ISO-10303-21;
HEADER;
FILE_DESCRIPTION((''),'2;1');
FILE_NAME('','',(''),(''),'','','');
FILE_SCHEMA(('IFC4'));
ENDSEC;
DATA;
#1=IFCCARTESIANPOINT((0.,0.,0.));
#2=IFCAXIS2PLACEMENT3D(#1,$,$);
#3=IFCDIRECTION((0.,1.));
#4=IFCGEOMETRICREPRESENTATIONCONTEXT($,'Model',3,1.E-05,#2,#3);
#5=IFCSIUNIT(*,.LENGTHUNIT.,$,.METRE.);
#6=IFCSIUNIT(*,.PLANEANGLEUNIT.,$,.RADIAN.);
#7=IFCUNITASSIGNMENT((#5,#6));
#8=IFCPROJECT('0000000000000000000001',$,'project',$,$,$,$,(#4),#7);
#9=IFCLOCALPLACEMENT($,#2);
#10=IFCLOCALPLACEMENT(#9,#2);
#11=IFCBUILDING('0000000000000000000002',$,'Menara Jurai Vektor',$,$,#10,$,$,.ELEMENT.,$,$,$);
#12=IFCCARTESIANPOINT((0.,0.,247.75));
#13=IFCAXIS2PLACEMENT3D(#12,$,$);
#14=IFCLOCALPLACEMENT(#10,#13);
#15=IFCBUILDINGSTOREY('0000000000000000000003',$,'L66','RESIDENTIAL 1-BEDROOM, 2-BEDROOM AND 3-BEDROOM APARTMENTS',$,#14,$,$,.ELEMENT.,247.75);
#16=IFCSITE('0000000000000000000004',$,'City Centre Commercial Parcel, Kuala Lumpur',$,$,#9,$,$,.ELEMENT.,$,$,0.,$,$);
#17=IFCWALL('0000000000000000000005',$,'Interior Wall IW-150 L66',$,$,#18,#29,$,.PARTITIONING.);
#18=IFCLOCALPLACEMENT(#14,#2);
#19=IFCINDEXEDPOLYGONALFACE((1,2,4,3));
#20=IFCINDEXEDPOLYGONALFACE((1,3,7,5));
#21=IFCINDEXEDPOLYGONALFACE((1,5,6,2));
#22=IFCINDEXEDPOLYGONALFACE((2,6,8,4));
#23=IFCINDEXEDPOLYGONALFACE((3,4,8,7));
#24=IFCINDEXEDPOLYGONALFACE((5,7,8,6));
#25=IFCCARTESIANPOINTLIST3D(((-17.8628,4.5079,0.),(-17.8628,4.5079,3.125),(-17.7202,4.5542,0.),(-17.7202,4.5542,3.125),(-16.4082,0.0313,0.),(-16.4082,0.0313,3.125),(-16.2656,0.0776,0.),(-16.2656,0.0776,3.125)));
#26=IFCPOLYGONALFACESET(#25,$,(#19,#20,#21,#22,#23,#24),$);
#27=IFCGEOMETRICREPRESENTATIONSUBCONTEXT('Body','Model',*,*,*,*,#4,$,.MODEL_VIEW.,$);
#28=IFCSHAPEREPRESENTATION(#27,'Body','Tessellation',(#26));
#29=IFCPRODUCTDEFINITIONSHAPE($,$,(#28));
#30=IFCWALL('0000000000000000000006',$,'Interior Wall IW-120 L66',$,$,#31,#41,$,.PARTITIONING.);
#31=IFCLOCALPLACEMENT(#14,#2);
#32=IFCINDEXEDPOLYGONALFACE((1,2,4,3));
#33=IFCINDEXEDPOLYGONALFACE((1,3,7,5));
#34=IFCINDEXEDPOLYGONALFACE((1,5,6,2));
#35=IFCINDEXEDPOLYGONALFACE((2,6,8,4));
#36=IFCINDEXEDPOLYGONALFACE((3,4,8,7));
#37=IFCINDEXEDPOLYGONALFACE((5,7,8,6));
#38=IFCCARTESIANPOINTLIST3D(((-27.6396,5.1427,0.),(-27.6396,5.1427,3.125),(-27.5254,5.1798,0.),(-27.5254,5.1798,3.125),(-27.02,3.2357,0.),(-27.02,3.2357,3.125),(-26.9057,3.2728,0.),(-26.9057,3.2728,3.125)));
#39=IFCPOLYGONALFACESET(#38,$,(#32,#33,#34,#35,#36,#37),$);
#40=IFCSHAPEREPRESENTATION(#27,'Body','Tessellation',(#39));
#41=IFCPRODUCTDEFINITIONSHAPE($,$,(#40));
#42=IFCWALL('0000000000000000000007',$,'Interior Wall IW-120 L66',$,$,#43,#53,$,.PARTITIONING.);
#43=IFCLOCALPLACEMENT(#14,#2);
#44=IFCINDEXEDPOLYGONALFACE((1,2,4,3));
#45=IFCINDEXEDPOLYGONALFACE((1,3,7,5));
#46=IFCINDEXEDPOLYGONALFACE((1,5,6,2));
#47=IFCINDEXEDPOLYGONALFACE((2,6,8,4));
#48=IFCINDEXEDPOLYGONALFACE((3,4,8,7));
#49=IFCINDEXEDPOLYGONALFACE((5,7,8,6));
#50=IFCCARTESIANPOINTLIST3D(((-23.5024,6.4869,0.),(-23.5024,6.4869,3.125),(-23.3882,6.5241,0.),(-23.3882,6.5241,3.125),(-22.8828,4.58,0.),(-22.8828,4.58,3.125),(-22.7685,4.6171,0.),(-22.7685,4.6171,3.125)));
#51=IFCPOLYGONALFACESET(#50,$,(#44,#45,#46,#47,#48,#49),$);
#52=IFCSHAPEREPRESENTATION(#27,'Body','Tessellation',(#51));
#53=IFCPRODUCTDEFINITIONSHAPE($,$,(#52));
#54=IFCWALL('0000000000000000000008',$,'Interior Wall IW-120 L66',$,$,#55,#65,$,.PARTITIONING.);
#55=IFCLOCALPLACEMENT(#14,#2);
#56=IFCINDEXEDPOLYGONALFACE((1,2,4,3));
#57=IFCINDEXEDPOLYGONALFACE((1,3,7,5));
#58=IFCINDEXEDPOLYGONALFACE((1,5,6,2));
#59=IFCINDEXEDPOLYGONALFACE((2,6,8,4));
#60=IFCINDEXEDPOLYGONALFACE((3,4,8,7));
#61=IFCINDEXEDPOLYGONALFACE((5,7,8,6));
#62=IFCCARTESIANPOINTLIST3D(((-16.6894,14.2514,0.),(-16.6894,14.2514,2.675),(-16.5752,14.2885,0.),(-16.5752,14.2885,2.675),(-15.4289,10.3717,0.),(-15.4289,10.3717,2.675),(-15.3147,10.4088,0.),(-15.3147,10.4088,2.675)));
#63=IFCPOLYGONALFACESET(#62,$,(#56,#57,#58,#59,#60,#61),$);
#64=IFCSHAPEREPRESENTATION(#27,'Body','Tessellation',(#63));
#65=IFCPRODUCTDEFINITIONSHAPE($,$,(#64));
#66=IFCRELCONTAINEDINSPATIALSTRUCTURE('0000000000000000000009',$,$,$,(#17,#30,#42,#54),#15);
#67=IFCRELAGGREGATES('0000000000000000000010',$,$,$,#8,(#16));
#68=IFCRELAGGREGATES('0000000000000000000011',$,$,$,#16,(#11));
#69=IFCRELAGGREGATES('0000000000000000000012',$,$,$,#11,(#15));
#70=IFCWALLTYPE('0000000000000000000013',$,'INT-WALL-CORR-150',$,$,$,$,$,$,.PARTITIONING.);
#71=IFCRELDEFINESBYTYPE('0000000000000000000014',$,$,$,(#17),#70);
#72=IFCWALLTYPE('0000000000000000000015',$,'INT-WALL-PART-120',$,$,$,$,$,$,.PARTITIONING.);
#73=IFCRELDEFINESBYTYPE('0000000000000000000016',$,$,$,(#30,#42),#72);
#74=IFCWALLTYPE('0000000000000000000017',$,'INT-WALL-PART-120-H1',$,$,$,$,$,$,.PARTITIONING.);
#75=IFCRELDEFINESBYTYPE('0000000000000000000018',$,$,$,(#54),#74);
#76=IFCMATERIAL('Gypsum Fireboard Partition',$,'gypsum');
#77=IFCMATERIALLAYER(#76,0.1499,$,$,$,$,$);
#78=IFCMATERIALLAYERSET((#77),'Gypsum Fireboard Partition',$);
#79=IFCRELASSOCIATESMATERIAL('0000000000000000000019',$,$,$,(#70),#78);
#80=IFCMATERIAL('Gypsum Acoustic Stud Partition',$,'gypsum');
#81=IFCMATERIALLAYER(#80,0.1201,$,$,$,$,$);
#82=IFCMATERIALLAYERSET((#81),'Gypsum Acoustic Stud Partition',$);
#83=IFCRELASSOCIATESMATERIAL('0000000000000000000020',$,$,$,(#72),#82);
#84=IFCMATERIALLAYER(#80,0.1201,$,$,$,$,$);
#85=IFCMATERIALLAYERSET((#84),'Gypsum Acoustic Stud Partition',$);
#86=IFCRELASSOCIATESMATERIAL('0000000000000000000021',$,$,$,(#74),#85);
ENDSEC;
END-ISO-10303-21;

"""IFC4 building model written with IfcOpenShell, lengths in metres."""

from ifc_helpers import new_model, si_unit, direction, frame, frame_2d, origin, place, context, subcontext, project, spatial, rectangle, extrude, material, layer, layer_set, type_object, element, save


model = new_model("IFC4")

# Units and contexts
model_context = context("Model", 3, precision=1e-05, world=origin(), true_north=direction((0.0, 1.0)))
body_context = subcontext(model_context, "Body", "Model", "MODEL_VIEW")
ifc_project = project(units=[si_unit("LENGTHUNIT", "METRE"), si_unit("PLANEANGLEUNIT", "RADIAN")], contexts=[model_context])

# Site, building, storey
site_placement = place(None, origin())
site = spatial("IfcSite", under=ifc_project, at=site_placement, Name="City Centre Commercial Parcel, Kuala Lumpur", CompositionType="ELEMENT", RefElevation=0.0)
building_placement = place(site_placement, origin())
building = spatial("IfcBuilding", under=site, at=building_placement, Name="Menara Jurai Vektor", CompositionType="ELEMENT")
storey_placement = place(building_placement, frame((0.0, 0.0, 247.75)))
storey = spatial("IfcBuildingStorey", under=building, at=storey_placement, Name="L66", Description="RESIDENTIAL 1-BEDROOM, 2-BEDROOM AND 3-BEDROOM APARTMENTS", CompositionType="ELEMENT", Elevation=247.75)

# Shared definitions
ifc_material_1 = material(Name="Gypsum Fireboard Partition", Category="gypsum")
ifc_layer_1 = layer(ifc_material_1, 0.1499)
ifc_layer_set_1 = layer_set([ifc_layer_1], Name="Gypsum Fireboard Partition")
wall_type_1 = type_object("IfcWallType", Name="INT-WALL-CORR-150", PredefinedType="PARTITIONING", material=ifc_layer_set_1)

# Walls
wall_1_placement = place(storey_placement, frame((-16.3369, 0.0544, 0.0), z_axis=(0.0, 0.0, 1.0), x_axis=(-0.30903, 0.951052, 0.0)))
element("IfcWall", 1, at=wall_1_placement, inside=storey, type_object=wall_type_1, Name="Interior Wall IW-150 L66", PredefinedType="PARTITIONING", context=body_context, shape_type="SweptSolid", body=[
    extrude(rectangle(XDim=4.707, YDim=0.1499, at=frame_2d((2.3535, 0.0))), origin(), (0.0, 0.0, 1.0), 3.125),
])
ifc_material_2 = material(Name="Gypsum Acoustic Stud Partition", Category="gypsum")
ifc_layer_2 = layer(ifc_material_2, 0.1201)
ifc_layer_set_2 = layer_set([ifc_layer_2], Name="Gypsum Acoustic Stud Partition")
wall_type_2 = type_object("IfcWallType", Name="INT-WALL-PART-120", PredefinedType="PARTITIONING", material=ifc_layer_set_2)
for number, where, z_axis, x_axis, name in (
    (2, (-26.9629, 3.2544, 0.0), (0.0, 0.0, 1.0), (-0.309023, 0.951055, 0.0), "Interior Wall IW-120 L66"),
    (3, (-22.8257, 4.5986, 0.0), (0.0, 0.0, 1.0), (-0.309023, 0.951055, 0.0), "Interior Wall IW-120 L66"),
):
    element("IfcWall", number, at=place(storey_placement, frame(where, z_axis=z_axis, x_axis=x_axis)), inside=storey, type_object=wall_type_2, Name=name, PredefinedType="PARTITIONING", context=body_context, shape_type="SweptSolid", body=[
        extrude(rectangle(XDim=2.0051, YDim=0.1201, at=frame_2d((1.0024, 0.0))), origin(), (0.0, 0.0, 1.0), 3.125),
    ])
ifc_layer_3 = layer(ifc_material_2, 0.1201)
ifc_layer_set_3 = layer_set([ifc_layer_3], Name="Gypsum Acoustic Stud Partition")
wall_type_3 = type_object("IfcWallType", Name="INT-WALL-PART-120-H1", PredefinedType="PARTITIONING", material=ifc_layer_set_3)
wall_2_placement = place(storey_placement, frame((-15.3718, 10.3904, 0.0), z_axis=(0.0, 0.0, 1.0), x_axis=(-0.309001, 0.951062, 0.0)))
element("IfcWall", 4, at=wall_2_placement, inside=storey, type_object=wall_type_3, Name="Interior Wall IW-120 L66", PredefinedType="PARTITIONING", context=body_context, shape_type="SweptSolid", body=[
    extrude(rectangle(XDim=4.0793, YDim=0.1201, at=frame_2d((2.0396, 0.0))), origin(), (0.0, 0.0, 1.0), 2.675),
])

save(model, "model.ifc")
